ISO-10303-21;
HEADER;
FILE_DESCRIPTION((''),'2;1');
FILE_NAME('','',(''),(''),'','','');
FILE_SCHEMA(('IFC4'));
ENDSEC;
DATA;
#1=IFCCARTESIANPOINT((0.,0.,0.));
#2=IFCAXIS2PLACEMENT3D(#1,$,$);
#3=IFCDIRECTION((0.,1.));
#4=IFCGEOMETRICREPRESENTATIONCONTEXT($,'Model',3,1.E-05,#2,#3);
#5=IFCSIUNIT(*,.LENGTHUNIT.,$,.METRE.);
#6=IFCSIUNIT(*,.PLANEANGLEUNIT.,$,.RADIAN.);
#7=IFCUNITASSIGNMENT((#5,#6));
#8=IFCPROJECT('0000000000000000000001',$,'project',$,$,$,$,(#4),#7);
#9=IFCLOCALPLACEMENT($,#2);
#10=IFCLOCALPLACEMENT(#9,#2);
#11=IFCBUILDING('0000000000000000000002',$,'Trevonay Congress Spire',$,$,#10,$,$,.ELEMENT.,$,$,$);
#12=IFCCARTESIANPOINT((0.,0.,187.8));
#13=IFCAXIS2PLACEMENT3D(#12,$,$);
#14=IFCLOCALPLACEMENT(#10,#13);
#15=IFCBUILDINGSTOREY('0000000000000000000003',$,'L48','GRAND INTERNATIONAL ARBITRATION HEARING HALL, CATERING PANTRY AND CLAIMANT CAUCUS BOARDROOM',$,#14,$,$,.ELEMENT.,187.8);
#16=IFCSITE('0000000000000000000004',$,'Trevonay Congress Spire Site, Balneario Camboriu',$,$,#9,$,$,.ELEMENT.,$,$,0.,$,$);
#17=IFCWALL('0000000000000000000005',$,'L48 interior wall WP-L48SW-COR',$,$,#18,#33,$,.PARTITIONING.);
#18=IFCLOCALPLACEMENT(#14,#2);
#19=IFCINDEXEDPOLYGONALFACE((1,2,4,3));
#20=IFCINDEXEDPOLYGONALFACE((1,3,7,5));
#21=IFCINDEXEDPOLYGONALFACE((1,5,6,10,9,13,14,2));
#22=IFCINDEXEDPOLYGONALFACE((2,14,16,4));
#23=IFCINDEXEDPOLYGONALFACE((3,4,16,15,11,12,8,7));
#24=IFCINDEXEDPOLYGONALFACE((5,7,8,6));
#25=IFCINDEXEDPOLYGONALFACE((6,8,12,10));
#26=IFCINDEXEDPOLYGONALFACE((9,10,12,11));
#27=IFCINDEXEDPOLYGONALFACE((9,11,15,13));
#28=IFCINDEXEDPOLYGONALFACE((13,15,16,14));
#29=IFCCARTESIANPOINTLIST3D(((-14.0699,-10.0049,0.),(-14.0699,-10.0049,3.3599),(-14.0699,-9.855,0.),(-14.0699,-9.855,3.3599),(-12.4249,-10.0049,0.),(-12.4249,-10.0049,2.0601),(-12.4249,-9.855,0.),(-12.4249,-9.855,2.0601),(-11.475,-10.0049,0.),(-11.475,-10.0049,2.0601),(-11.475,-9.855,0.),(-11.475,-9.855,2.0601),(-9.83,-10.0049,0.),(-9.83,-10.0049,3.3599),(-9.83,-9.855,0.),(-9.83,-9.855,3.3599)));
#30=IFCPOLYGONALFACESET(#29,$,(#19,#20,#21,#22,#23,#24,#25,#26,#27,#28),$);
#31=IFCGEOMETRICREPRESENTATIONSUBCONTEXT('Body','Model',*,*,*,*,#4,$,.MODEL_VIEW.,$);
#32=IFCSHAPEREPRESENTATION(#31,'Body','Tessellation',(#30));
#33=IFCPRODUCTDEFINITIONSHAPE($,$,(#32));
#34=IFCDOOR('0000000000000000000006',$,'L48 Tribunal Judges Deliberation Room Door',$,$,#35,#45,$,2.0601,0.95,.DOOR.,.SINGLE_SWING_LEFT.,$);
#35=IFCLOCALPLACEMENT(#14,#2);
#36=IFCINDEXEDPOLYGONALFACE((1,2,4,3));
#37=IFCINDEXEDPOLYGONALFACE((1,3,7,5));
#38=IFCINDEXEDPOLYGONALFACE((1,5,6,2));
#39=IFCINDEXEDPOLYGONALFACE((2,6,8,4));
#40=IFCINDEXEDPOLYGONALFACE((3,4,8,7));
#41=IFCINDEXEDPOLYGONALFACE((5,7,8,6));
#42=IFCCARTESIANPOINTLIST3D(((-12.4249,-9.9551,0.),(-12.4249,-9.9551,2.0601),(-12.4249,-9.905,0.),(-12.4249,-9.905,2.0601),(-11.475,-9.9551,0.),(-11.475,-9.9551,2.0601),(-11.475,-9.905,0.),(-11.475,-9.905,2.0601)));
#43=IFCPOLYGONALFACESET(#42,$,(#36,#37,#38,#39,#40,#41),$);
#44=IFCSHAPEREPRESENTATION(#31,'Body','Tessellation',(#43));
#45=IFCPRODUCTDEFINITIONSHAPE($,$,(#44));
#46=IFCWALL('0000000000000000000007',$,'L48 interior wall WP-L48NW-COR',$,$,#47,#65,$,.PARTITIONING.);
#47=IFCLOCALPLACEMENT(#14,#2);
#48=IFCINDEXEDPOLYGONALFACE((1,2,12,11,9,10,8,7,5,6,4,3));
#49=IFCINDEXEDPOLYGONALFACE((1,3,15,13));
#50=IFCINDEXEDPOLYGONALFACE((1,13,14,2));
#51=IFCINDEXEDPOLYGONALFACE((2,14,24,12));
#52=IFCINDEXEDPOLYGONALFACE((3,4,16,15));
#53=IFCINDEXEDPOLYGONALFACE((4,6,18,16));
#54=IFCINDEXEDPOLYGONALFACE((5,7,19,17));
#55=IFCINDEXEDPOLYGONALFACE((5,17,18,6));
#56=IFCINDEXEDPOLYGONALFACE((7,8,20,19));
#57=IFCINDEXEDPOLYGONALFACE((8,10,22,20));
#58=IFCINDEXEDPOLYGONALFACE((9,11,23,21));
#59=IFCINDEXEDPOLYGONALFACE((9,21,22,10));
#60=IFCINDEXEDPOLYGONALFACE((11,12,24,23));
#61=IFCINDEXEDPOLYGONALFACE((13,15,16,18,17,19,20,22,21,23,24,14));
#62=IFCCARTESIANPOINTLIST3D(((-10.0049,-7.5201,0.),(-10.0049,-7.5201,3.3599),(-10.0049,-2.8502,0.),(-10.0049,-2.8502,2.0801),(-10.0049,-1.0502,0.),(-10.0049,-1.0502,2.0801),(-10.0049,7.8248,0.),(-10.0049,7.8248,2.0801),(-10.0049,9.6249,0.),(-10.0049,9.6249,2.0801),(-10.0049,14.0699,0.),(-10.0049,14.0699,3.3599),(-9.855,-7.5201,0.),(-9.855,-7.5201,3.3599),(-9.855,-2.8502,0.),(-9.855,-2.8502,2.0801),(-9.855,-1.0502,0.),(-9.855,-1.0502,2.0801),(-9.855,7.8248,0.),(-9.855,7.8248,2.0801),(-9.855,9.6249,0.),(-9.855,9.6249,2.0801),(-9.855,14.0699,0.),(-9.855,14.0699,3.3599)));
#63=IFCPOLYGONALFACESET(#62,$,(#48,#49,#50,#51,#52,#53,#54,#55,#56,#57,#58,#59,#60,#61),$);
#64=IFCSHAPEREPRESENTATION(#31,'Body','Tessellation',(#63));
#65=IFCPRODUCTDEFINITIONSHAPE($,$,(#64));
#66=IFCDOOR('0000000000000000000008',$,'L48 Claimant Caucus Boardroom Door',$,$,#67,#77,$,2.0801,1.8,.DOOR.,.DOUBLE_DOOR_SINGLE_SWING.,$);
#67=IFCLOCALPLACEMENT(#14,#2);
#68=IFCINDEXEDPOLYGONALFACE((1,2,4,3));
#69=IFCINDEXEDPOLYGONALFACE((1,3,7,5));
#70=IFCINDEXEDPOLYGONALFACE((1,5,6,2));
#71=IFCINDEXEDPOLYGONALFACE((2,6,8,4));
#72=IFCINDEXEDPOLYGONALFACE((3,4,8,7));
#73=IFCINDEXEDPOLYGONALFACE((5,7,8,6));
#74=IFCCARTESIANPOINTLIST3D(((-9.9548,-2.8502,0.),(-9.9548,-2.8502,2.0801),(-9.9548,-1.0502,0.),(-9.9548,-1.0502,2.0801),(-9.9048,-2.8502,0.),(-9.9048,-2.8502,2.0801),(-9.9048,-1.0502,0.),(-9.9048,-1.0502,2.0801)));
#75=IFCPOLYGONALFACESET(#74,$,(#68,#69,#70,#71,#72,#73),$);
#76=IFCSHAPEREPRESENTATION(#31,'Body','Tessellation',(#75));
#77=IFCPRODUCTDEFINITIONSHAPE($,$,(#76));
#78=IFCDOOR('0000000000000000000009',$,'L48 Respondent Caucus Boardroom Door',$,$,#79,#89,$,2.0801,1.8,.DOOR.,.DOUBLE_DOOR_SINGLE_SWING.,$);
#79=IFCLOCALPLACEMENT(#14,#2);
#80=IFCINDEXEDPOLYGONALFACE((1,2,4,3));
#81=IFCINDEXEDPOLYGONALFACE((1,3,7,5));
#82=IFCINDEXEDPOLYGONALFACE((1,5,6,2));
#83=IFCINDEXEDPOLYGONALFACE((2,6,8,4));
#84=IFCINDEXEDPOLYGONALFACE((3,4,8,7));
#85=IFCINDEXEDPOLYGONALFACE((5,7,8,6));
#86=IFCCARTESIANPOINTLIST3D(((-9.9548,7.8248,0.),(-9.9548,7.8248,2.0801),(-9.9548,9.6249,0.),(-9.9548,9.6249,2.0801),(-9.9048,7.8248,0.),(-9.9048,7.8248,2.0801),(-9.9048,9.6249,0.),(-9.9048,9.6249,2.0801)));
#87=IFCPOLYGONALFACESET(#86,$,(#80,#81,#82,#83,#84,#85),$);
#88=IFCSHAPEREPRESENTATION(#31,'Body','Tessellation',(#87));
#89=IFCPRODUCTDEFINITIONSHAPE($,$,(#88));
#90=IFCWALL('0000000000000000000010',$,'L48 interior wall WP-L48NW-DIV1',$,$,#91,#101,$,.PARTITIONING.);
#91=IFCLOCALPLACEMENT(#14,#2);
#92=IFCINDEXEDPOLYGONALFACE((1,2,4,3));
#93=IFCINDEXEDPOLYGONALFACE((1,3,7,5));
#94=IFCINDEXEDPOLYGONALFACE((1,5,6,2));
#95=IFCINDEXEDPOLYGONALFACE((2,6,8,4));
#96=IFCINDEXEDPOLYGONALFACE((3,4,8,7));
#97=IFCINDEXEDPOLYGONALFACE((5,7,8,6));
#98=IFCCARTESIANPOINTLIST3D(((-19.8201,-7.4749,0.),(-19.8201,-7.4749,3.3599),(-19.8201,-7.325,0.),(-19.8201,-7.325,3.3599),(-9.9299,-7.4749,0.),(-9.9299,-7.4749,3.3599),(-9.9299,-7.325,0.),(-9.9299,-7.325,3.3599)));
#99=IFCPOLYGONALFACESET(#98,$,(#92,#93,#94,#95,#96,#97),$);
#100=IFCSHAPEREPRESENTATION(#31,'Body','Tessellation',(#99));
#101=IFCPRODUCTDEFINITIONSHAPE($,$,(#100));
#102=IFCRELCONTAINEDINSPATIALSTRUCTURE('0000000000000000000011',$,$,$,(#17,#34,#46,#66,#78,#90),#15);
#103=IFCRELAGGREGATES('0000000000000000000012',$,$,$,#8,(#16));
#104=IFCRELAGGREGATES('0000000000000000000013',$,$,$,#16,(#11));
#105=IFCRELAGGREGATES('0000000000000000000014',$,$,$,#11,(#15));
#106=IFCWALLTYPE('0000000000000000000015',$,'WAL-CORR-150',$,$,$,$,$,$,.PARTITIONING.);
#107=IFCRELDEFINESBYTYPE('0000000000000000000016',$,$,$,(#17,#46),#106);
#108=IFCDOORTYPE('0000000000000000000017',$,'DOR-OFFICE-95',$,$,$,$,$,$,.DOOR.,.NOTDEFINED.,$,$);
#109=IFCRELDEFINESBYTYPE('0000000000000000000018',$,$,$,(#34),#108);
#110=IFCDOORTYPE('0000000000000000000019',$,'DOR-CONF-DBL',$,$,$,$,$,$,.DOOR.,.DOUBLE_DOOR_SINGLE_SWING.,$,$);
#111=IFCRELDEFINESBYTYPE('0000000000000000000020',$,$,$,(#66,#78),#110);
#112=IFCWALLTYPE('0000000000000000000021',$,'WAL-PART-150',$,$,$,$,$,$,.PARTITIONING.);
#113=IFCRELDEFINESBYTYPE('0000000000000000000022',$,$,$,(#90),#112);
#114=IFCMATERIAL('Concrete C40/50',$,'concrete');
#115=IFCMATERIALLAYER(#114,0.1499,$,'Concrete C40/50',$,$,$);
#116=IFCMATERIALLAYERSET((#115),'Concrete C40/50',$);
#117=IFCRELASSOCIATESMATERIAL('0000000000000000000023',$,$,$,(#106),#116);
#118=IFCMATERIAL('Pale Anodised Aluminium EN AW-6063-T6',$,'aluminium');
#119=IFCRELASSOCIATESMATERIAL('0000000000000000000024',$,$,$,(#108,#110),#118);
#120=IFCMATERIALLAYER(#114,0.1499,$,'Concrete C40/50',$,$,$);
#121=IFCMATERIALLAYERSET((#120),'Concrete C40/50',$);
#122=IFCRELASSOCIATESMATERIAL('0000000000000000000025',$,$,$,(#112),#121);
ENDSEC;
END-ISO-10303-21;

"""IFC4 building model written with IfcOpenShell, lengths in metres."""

from ifc_helpers import new_model, si_unit, direction, frame, frame_2d, origin, place, context, subcontext, project, spatial, rectangle, extrude, material, layer, layer_set, type_object, element, fill, save


model = new_model("IFC4")

# Units and contexts
model_context = context("Model", 3, precision=1e-05, world=origin(), true_north=direction((0.0, 1.0)))
body_context = subcontext(model_context, "Body", "Model", "MODEL_VIEW")
ifc_project = project(units=[si_unit("LENGTHUNIT", "METRE"), si_unit("PLANEANGLEUNIT", "RADIAN")], contexts=[model_context])

# Site, building, storey
site_placement = place(None, origin())
site = spatial("IfcSite", under=ifc_project, at=site_placement, Name="Trevonay Congress Spire Site, Balneario Camboriu", CompositionType="ELEMENT", RefElevation=0.0)
building_placement = place(site_placement, origin())
building = spatial("IfcBuilding", under=site, at=building_placement, Name="Trevonay Congress Spire", CompositionType="ELEMENT")
storey_placement = place(building_placement, frame((0.0, 0.0, 187.8)))
storey = spatial("IfcBuildingStorey", under=building, at=storey_placement, Name="L48", Description="GRAND INTERNATIONAL ARBITRATION HEARING HALL, CATERING PANTRY AND CLAIMANT CAUCUS BOARDROOM", CompositionType="ELEMENT", Elevation=187.8)

# Shared definitions
ifc_material_1 = material(Name="Pale Anodised Aluminium EN AW-6063-T6", Category="aluminium")

# Wall, opening, door
ifc_material_2 = material(Name="Concrete C40/50", Category="concrete")
ifc_layer_1 = layer(ifc_material_2, 0.1499, Name="Concrete C40/50")
ifc_layer_set_1 = layer_set([ifc_layer_1], Name="Concrete C40/50")
wall_type_1 = type_object("IfcWallType", Name="WAL-CORR-150", PredefinedType="PARTITIONING", material=ifc_layer_set_1)
wall_1_placement = place(storey_placement, frame((-14.0701, -9.9299, 0.0), z_axis=(0.0, 0.0, 1.0), x_axis=(1.0, 0.0, 0.0)))
wall_1 = element("IfcWall", 1, at=wall_1_placement, inside=storey, type_object=wall_type_1, Name="L48 interior wall WP-L48SW-COR", PredefinedType="PARTITIONING", context=body_context, shape_type="SweptSolid", body=[
    extrude(rectangle(XDim=4.24, YDim=0.1499, at=frame_2d((2.1201, 0.0))), origin(), (0.0, 0.0, 1.0), 3.3599),
])
opening_1_placement = place(wall_1_placement, frame((1.645, 0.0, 0.0)))
opening_1 = element("IfcOpeningElement", 2, at=opening_1_placement, cuts=wall_1, PredefinedType="OPENING", context=body_context, shape_type="SweptSolid", body=[
    extrude(rectangle(XDim=0.95, YDim=2.0601, at=frame_2d((0.4751, 1.03))), frame((0.0, 0.085, 0.0), z_axis=(0.0, -1.0, 0.0), x_axis=(1.0, 0.0, 0.0)), (0.0, 0.0, 1.0), 0.1699),
])
door_type_1 = type_object("IfcDoorType", Name="DOR-OFFICE-95", OperationType="NOTDEFINED", PredefinedType="DOOR", material=ifc_material_1)
door_1_placement = place(opening_1_placement, origin())
door_1 = element("IfcDoor", 3, at=door_1_placement, inside=storey, type_object=door_type_1, Name="L48 Tribunal Judges Deliberation Room Door", OperationType="SINGLE_SWING_LEFT", OverallHeight=2.0601, OverallWidth=0.95, PredefinedType="DOOR", context=body_context, shape_type="SweptSolid", body=[
    extrude(rectangle(XDim=0.95, YDim=2.0601, at=frame_2d((0.4751, 1.03))), frame((0.0, 0.0249, 0.0), z_axis=(0.0, -1.0, 0.0), x_axis=(1.0, 0.0, 0.0)), (0.0, 0.0, 1.0), 0.05),
])
fill(opening_1, door_1)

# Wall, openings, doors
wall_2_placement = place(storey_placement, frame((-9.9299, -7.52, 0.0), z_axis=(0.0, 0.0, 1.0), x_axis=(0.0, 1.0, 0.0)))
wall_2 = element("IfcWall", 4, at=wall_2_placement, inside=storey, type_object=wall_type_1, Name="L48 interior wall WP-L48NW-COR", PredefinedType="PARTITIONING", context=body_context, shape_type="SweptSolid", body=[
    extrude(rectangle(XDim=21.5901, YDim=0.1499, at=frame_2d((10.7949, 0.0))), origin(), (0.0, 0.0, 1.0), 3.3599),
])
opening_2_placement = place(wall_2_placement, frame((4.6699, 0.0, 0.0)))
opening_2 = element("IfcOpeningElement", 5, at=opening_2_placement, cuts=wall_2, PredefinedType="OPENING", context=body_context, shape_type="SweptSolid", body=[
    extrude(rectangle(XDim=1.8, YDim=2.0801, at=frame_2d((0.8999, 1.04))), frame((0.0, 0.085, 0.0), z_axis=(0.0, -1.0, 0.0), x_axis=(1.0, 0.0, 0.0)), (0.0, 0.0, 1.0), 0.1699),
])
opening_3_placement = place(wall_2_placement, frame((15.345, 0.0, 0.0)))
opening_3 = element("IfcOpeningElement", 6, at=opening_3_placement, cuts=wall_2, PredefinedType="OPENING", context=body_context, shape_type="SweptSolid", body=[
    extrude(rectangle(XDim=1.8, YDim=2.0801, at=frame_2d((0.8999, 1.04))), frame((0.0, 0.085, 0.0), z_axis=(0.0, -1.0, 0.0), x_axis=(1.0, 0.0, 0.0)), (0.0, 0.0, 1.0), 0.1699),
])
door_type_2 = type_object("IfcDoorType", Name="DOR-CONF-DBL", OperationType="DOUBLE_DOOR_SINGLE_SWING", PredefinedType="DOOR", material=ifc_material_1)
door_2_placement = place(opening_2_placement, origin())
door_2 = element("IfcDoor", 7, at=door_2_placement, inside=storey, type_object=door_type_2, Name="L48 Claimant Caucus Boardroom Door", OperationType="DOUBLE_DOOR_SINGLE_SWING", OverallHeight=2.0801, OverallWidth=1.8, PredefinedType="DOOR", context=body_context, shape_type="SweptSolid", body=[
    extrude(rectangle(XDim=1.8, YDim=2.0801, at=frame_2d((0.8999, 1.04))), frame((0.0, 0.0249, 0.0), z_axis=(0.0, -1.0, 0.0), x_axis=(1.0, 0.0, 0.0)), (0.0, 0.0, 1.0), 0.05),
])
fill(opening_2, door_2)
door_3_placement = place(opening_3_placement, origin())
door_3 = element("IfcDoor", 8, at=door_3_placement, inside=storey, type_object=door_type_2, Name="L48 Respondent Caucus Boardroom Door", OperationType="DOUBLE_DOOR_SINGLE_SWING", OverallHeight=2.0801, OverallWidth=1.8, PredefinedType="DOOR", context=body_context, shape_type="SweptSolid", body=[
    extrude(rectangle(XDim=1.8, YDim=2.0801, at=frame_2d((0.8999, 1.04))), frame((0.0, 0.0249, 0.0), z_axis=(0.0, -1.0, 0.0), x_axis=(1.0, 0.0, 0.0)), (0.0, 0.0, 1.0), 0.05),
])
fill(opening_3, door_3)

# Wall
ifc_layer_2 = layer(ifc_material_2, 0.1499, Name="Concrete C40/50")
ifc_layer_set_2 = layer_set([ifc_layer_2], Name="Concrete C40/50")
wall_type_2 = type_object("IfcWallType", Name="WAL-PART-150", PredefinedType="PARTITIONING", material=ifc_layer_set_2)
wall_3_placement = place(storey_placement, frame((-19.8201, -7.3999, 0.0), z_axis=(0.0, 0.0, 1.0), x_axis=(1.0, 0.0, 0.0)))
element("IfcWall", 9, at=wall_3_placement, inside=storey, type_object=wall_type_2, Name="L48 interior wall WP-L48NW-DIV1", PredefinedType="PARTITIONING", context=body_context, shape_type="SweptSolid", body=[
    extrude(rectangle(XDim=9.8901, YDim=0.1499, at=frame_2d((4.9451, 0.0))), origin(), (0.0, 0.0, 1.0), 3.3599),
])

save(model, "model.ifc")
